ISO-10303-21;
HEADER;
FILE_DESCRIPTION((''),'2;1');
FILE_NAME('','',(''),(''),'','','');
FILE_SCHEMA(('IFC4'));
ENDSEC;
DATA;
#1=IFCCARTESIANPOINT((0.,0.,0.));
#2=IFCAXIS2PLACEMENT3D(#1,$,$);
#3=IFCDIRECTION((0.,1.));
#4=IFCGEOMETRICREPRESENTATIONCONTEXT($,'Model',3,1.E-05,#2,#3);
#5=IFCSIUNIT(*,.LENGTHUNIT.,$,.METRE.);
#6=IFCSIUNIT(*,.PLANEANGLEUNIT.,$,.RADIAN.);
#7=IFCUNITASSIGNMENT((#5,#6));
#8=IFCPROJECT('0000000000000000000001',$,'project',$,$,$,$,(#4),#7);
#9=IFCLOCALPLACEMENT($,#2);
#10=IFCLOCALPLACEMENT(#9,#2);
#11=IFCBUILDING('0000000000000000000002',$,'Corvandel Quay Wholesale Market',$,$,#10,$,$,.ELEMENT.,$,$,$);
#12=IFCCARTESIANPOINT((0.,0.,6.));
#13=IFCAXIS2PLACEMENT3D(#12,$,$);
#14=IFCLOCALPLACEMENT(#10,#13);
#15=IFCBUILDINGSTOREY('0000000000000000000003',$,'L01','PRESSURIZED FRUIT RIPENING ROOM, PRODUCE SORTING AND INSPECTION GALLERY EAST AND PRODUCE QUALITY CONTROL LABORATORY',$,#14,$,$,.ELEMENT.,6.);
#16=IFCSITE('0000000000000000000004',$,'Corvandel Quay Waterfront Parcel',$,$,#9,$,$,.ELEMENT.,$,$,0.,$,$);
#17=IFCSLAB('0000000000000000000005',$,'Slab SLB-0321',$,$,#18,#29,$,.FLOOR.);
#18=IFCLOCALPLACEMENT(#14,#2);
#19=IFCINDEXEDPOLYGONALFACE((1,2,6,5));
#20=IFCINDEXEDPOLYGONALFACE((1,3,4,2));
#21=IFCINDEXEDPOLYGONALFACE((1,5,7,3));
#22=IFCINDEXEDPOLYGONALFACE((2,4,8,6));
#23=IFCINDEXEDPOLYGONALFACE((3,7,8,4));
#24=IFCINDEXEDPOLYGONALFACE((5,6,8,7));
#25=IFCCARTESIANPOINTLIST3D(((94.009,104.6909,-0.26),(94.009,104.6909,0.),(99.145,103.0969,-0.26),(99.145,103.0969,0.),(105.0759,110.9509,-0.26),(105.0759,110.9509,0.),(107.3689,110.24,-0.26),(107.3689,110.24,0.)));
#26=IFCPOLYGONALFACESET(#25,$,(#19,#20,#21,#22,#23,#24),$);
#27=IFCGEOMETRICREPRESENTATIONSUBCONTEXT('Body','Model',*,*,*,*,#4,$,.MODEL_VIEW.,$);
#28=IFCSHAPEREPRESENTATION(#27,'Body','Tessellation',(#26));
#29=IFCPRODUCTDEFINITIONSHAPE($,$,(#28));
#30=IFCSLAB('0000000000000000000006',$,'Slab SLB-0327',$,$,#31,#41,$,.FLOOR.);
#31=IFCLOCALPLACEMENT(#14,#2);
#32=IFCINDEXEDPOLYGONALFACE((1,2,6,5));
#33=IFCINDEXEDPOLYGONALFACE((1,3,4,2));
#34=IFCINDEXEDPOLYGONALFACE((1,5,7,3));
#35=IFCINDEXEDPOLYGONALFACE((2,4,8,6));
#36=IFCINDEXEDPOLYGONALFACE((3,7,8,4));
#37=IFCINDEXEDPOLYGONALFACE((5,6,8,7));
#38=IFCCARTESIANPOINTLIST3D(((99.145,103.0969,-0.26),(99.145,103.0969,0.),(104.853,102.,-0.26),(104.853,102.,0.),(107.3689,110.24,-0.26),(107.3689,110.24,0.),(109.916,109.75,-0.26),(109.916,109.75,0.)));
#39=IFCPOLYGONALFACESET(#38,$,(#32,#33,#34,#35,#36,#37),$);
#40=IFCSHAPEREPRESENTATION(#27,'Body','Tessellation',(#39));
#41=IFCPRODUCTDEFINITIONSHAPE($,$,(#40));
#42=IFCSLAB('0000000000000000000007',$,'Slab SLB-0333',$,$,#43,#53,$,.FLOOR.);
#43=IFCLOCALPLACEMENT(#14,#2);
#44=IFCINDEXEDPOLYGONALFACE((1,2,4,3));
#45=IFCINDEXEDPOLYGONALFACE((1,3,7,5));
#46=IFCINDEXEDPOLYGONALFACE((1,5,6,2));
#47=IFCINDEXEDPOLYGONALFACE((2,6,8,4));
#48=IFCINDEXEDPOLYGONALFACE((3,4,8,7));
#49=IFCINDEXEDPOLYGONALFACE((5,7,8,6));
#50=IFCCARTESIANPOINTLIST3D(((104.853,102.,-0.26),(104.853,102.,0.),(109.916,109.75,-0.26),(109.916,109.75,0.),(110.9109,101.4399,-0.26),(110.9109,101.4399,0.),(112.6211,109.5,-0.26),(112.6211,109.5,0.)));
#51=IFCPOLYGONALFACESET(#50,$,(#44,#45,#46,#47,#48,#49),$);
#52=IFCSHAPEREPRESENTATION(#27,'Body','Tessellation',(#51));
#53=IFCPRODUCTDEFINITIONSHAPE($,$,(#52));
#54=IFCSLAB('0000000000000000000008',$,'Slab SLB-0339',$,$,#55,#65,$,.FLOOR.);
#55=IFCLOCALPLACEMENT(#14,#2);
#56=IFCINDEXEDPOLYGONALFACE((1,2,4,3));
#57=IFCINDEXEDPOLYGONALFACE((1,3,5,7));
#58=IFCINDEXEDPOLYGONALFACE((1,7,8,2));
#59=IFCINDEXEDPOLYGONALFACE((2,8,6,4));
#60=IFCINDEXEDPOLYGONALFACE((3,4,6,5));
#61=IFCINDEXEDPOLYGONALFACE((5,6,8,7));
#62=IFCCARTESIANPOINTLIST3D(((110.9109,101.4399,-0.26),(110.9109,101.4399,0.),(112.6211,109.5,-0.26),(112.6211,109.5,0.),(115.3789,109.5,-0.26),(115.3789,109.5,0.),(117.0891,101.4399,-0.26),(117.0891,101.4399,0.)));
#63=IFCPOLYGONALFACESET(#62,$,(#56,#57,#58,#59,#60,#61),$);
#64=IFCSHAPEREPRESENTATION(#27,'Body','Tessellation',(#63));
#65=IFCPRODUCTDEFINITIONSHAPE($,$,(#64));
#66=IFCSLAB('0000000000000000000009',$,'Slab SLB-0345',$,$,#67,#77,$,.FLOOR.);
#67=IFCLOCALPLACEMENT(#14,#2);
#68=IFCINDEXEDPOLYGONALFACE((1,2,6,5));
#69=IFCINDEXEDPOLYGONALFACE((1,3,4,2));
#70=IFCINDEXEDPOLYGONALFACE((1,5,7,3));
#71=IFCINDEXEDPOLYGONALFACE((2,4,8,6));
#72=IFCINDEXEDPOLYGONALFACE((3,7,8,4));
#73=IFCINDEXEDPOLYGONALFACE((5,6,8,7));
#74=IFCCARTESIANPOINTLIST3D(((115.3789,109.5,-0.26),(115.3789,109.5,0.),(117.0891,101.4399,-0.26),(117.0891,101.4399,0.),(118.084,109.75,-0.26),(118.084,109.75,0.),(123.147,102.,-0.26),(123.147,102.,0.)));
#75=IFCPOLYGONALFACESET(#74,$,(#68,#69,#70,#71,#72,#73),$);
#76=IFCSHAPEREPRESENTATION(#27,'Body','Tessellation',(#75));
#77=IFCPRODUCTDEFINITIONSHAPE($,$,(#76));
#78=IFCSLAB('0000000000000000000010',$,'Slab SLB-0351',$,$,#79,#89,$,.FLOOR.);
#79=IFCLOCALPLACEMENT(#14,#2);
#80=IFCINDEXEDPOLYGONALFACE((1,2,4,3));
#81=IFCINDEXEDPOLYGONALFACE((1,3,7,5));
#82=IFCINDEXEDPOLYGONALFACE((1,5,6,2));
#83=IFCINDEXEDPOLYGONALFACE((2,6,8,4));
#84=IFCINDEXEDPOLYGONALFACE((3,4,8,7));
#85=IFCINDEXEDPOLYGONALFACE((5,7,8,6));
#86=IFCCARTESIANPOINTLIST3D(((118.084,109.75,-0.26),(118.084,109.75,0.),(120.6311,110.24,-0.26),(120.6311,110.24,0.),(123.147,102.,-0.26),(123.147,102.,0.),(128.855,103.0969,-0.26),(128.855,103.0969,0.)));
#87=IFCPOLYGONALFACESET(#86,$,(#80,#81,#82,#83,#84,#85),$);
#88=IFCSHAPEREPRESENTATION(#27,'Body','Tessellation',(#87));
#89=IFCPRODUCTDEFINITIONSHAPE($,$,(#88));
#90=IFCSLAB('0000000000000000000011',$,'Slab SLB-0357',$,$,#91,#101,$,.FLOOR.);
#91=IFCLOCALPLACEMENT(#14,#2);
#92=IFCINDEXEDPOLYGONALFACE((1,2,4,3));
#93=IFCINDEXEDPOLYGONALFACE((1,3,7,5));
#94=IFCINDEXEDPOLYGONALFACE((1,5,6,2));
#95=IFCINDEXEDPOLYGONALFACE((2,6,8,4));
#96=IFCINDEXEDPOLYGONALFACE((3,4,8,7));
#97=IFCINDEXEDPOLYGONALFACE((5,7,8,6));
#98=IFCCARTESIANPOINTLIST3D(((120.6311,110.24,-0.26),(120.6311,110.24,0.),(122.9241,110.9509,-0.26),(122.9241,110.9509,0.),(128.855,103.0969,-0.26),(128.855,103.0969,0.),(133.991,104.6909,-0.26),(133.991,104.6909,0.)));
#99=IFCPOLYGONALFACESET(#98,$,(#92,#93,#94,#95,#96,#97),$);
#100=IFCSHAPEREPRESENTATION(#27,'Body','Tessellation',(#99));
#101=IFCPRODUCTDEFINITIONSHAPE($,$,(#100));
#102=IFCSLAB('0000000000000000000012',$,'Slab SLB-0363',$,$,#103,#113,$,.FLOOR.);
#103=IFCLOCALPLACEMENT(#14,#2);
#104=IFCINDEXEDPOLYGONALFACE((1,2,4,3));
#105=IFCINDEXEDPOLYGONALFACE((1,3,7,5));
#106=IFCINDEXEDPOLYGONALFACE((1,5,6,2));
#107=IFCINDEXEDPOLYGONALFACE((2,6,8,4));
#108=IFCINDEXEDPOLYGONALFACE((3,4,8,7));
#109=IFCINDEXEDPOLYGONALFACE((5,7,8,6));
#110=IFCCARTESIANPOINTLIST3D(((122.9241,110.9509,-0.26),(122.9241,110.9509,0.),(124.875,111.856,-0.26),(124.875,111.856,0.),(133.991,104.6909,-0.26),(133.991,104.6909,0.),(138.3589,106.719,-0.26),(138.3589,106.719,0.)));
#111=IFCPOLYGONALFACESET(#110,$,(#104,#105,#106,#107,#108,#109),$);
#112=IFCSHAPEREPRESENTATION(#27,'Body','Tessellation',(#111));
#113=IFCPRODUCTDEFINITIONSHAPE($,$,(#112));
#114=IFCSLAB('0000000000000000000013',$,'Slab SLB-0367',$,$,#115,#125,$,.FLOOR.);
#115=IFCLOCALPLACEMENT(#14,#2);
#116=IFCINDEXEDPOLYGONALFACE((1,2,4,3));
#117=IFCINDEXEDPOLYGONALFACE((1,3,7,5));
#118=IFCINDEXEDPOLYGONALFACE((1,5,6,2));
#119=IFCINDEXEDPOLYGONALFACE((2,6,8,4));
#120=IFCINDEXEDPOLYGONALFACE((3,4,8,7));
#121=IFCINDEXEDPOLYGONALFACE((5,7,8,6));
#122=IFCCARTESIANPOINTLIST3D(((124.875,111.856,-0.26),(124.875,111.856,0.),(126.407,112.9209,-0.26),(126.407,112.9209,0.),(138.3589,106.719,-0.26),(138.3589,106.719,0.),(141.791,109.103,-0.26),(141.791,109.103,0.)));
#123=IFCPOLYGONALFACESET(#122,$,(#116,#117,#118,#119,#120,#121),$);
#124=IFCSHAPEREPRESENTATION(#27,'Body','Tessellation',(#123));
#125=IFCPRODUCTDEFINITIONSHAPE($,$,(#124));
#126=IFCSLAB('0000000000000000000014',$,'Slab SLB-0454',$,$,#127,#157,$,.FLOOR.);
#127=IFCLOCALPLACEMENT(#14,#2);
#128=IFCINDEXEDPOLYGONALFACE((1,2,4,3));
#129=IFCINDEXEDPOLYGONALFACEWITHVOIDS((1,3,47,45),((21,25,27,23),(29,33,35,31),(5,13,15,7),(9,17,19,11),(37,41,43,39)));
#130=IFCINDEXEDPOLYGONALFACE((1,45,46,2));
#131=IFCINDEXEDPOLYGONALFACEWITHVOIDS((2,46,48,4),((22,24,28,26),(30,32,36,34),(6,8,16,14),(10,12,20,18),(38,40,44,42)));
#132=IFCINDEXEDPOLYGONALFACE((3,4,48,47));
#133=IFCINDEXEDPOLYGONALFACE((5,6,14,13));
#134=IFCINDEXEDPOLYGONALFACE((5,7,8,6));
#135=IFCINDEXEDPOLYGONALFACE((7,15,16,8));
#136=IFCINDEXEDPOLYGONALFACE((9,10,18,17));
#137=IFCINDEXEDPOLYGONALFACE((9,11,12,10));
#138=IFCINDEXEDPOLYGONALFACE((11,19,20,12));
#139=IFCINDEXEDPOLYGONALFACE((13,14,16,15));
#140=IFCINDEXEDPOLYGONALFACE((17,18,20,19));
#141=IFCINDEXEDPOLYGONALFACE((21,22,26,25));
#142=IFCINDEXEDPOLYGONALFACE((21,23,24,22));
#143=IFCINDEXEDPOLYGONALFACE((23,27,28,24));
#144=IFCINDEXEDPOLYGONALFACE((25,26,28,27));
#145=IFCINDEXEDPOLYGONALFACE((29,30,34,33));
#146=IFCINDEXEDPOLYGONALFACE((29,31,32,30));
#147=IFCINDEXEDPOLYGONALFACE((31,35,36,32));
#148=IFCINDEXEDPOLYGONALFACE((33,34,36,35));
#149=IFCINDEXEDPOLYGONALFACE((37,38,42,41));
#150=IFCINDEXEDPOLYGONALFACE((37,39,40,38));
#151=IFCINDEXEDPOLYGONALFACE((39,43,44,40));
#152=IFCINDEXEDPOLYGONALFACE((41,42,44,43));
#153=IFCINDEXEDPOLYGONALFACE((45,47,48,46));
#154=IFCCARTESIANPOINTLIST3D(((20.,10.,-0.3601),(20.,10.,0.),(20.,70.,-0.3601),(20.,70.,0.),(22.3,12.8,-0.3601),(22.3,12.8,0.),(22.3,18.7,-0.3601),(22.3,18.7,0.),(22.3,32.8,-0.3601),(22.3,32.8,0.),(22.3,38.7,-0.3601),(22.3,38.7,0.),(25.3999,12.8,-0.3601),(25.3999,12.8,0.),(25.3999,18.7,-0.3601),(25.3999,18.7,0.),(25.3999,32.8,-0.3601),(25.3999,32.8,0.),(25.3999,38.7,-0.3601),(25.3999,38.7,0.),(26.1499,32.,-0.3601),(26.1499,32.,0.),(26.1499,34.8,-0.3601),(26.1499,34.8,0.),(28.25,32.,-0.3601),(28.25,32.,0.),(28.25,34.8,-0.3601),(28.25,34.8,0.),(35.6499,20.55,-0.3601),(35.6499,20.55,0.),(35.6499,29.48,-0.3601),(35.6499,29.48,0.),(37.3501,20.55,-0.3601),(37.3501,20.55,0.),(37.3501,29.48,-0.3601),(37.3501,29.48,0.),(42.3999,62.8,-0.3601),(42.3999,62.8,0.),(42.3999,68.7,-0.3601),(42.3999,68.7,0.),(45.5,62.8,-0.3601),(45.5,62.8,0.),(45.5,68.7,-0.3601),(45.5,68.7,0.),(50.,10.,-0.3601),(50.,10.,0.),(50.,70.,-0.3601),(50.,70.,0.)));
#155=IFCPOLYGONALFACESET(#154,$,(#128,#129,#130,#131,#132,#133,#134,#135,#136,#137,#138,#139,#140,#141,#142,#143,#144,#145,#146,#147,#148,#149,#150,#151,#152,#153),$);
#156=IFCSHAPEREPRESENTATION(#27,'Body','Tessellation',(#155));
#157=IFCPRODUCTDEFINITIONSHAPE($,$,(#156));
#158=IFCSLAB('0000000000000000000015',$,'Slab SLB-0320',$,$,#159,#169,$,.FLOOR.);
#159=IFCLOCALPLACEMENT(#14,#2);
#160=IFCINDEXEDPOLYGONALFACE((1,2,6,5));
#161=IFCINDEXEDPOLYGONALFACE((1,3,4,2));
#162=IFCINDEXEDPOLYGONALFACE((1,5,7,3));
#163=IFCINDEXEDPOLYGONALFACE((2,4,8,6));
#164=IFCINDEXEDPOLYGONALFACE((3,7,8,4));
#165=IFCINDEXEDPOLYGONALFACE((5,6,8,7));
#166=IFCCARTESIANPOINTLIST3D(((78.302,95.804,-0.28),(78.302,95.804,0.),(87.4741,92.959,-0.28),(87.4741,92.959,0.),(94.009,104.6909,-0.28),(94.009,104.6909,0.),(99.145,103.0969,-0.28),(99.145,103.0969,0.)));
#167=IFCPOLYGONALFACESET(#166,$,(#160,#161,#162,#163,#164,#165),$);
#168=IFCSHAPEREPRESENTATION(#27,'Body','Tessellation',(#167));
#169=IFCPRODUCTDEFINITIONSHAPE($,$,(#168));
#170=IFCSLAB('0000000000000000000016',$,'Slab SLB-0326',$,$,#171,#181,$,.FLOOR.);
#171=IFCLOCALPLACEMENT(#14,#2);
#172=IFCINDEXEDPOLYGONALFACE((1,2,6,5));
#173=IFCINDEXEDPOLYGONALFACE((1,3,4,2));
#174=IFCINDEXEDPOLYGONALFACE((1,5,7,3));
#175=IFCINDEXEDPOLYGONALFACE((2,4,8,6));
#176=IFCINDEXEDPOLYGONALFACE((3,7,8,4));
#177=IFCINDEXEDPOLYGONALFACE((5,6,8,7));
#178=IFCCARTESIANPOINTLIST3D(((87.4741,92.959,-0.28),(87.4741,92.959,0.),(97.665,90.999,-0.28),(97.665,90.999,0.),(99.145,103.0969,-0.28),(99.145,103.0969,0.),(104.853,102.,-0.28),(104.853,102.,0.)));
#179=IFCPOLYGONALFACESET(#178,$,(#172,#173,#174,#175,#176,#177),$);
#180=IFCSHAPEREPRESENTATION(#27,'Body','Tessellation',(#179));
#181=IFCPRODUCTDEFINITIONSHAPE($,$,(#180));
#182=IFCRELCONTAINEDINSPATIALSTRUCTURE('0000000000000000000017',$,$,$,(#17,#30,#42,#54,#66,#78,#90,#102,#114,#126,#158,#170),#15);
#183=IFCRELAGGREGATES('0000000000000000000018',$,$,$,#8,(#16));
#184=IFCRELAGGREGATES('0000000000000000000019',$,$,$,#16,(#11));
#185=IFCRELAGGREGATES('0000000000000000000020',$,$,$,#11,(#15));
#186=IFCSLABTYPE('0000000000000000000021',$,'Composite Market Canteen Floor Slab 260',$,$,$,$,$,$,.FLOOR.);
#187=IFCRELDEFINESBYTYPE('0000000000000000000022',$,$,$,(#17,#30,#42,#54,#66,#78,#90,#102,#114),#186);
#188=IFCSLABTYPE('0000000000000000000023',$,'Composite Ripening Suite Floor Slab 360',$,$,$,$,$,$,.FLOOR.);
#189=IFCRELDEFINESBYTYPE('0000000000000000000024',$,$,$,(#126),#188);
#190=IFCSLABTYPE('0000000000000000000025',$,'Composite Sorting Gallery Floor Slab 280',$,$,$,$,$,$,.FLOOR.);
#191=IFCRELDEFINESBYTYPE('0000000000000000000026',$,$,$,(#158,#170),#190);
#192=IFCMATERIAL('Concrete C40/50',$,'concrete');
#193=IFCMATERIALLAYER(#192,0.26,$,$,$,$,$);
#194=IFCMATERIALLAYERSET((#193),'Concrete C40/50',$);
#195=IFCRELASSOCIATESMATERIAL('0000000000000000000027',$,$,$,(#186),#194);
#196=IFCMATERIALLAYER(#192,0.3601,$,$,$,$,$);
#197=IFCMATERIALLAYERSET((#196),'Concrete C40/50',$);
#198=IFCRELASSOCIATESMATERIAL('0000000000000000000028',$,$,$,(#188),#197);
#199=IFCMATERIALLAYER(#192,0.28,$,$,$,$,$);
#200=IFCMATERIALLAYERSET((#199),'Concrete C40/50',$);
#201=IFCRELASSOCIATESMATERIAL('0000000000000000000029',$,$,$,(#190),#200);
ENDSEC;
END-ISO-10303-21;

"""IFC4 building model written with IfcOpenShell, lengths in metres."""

from ifc_helpers import new_model, si_unit, direction, frame, origin, place, context, subcontext, project, spatial, polyline, outline, extrude, material, layer, layer_set, type_object, element, save


model = new_model("IFC4")

# Units and contexts
model_context = context("Model", 3, precision=1e-05, world=origin(), true_north=direction((0.0, 1.0)))
body_context = subcontext(model_context, "Body", "Model", "MODEL_VIEW")
ifc_project = project(units=[si_unit("LENGTHUNIT", "METRE"), si_unit("PLANEANGLEUNIT", "RADIAN")], contexts=[model_context])

# Site, building, storey
site_placement = place(None, origin())
site = spatial("IfcSite", under=ifc_project, at=site_placement, Name="Corvandel Quay Waterfront Parcel", CompositionType="ELEMENT", RefElevation=0.0)
building_placement = place(site_placement, origin())
building = spatial("IfcBuilding", under=site, at=building_placement, Name="Corvandel Quay Wholesale Market", CompositionType="ELEMENT")
storey_placement = place(building_placement, frame((0.0, 0.0, 6.0)))
storey = spatial("IfcBuildingStorey", under=building, at=storey_placement, Name="L01", Description="PRESSURIZED FRUIT RIPENING ROOM, PRODUCE SORTING AND INSPECTION GALLERY EAST AND PRODUCE QUALITY CONTROL LABORATORY", CompositionType="ELEMENT", Elevation=6.0)

# Slabs
ifc_material = material(Name="Concrete C40/50", Category="concrete")
ifc_layer_1 = layer(ifc_material, 0.26)
ifc_layer_set_1 = layer_set([ifc_layer_1], Name="Concrete C40/50")
slab_type_1 = type_object("IfcSlabType", Name="Composite Market Canteen Floor Slab 260", PredefinedType="FLOOR", material=ifc_layer_set_1)
slab_1_placement = place(storey_placement, frame((0.0, 0.0, -0.26)))
element("IfcSlab", 1, at=slab_1_placement, inside=storey, type_object=slab_type_1, Name="Slab SLB-0321", PredefinedType="FLOOR", context=body_context, shape_type="SweptSolid", body=[
    extrude(outline(polyline([(105.0759, 110.9509), (107.3689, 110.24), (99.145, 103.0969), (94.009, 104.6909), (105.0759, 110.9509)])), origin(), (0.0, 0.0, 1.0), 0.26),
])
slab_2_placement = place(storey_placement, frame((0.0, 0.0, -0.26)))
element("IfcSlab", 2, at=slab_2_placement, inside=storey, type_object=slab_type_1, Name="Slab SLB-0327", PredefinedType="FLOOR", context=body_context, shape_type="SweptSolid", body=[
    extrude(outline(polyline([(107.3689, 110.24), (109.916, 109.75), (104.853, 102.0), (99.145, 103.0969), (107.3689, 110.24)])), origin(), (0.0, 0.0, 1.0), 0.26),
])
slab_3_placement = place(storey_placement, frame((0.0, 0.0, -0.26)))
element("IfcSlab", 3, at=slab_3_placement, inside=storey, type_object=slab_type_1, Name="Slab SLB-0333", PredefinedType="FLOOR", context=body_context, shape_type="SweptSolid", body=[
    extrude(outline(polyline([(109.916, 109.75), (112.6211, 109.5), (110.9109, 101.4399), (104.853, 102.0), (109.916, 109.75)])), origin(), (0.0, 0.0, 1.0), 0.26),
])
slab_4_placement = place(storey_placement, frame((0.0, 0.0, -0.26)))
element("IfcSlab", 4, at=slab_4_placement, inside=storey, type_object=slab_type_1, Name="Slab SLB-0339", PredefinedType="FLOOR", context=body_context, shape_type="SweptSolid", body=[
    extrude(outline(polyline([(112.6211, 109.5), (115.3789, 109.5), (117.0891, 101.4399), (110.9109, 101.4399), (112.6211, 109.5)])), origin(), (0.0, 0.0, 1.0), 0.26),
])
slab_5_placement = place(storey_placement, frame((0.0, 0.0, -0.26)))
element("IfcSlab", 5, at=slab_5_placement, inside=storey, type_object=slab_type_1, Name="Slab SLB-0345", PredefinedType="FLOOR", context=body_context, shape_type="SweptSolid", body=[
    extrude(outline(polyline([(115.3789, 109.5), (118.084, 109.75), (123.147, 102.0), (117.0891, 101.4399), (115.3789, 109.5)])), origin(), (0.0, 0.0, 1.0), 0.26),
])
slab_6_placement = place(storey_placement, frame((0.0, 0.0, -0.26)))
element("IfcSlab", 6, at=slab_6_placement, inside=storey, type_object=slab_type_1, Name="Slab SLB-0351", PredefinedType="FLOOR", context=body_context, shape_type="SweptSolid", body=[
    extrude(outline(polyline([(118.084, 109.75), (120.6311, 110.24), (128.855, 103.0969), (123.147, 102.0), (118.084, 109.75)])), origin(), (0.0, 0.0, 1.0), 0.26),
])
slab_7_placement = place(storey_placement, frame((0.0, 0.0, -0.26)))
element("IfcSlab", 7, at=slab_7_placement, inside=storey, type_object=slab_type_1, Name="Slab SLB-0357", PredefinedType="FLOOR", context=body_context, shape_type="SweptSolid", body=[
    extrude(outline(polyline([(120.6311, 110.24), (122.9241, 110.9509), (133.991, 104.6909), (128.855, 103.0969), (120.6311, 110.24)])), origin(), (0.0, 0.0, 1.0), 0.26),
])
slab_8_placement = place(storey_placement, frame((0.0, 0.0, -0.26)))
element("IfcSlab", 8, at=slab_8_placement, inside=storey, type_object=slab_type_1, Name="Slab SLB-0363", PredefinedType="FLOOR", context=body_context, shape_type="SweptSolid", body=[
    extrude(outline(polyline([(122.9241, 110.9509), (124.875, 111.856), (138.3589, 106.719), (133.991, 104.6909), (122.9241, 110.9509)])), origin(), (0.0, 0.0, 1.0), 0.26),
])
slab_9_placement = place(storey_placement, frame((0.0, 0.0, -0.26)))
element("IfcSlab", 9, at=slab_9_placement, inside=storey, type_object=slab_type_1, Name="Slab SLB-0367", PredefinedType="FLOOR", context=body_context, shape_type="SweptSolid", body=[
    extrude(outline(polyline([(124.875, 111.856), (126.407, 112.9209), (141.791, 109.103), (138.3589, 106.719), (124.875, 111.856)])), origin(), (0.0, 0.0, 1.0), 0.26),
])
ifc_layer_2 = layer(ifc_material, 0.3601)
ifc_layer_set_2 = layer_set([ifc_layer_2], Name="Concrete C40/50")
slab_type_2 = type_object("IfcSlabType", Name="Composite Ripening Suite Floor Slab 360", PredefinedType="FLOOR", material=ifc_layer_set_2)
slab_10_placement = place(storey_placement, frame((0.0, 0.0, -0.3601)))
element("IfcSlab", 10, at=slab_10_placement, inside=storey, type_object=slab_type_2, Name="Slab SLB-0454", PredefinedType="FLOOR", context=body_context, shape_type="SweptSolid", body=[
    extrude(outline(polyline([(20.0, 70.0), (50.0, 70.0), (50.0, 10.0), (20.0, 10.0), (20.0, 70.0)]), holes=[polyline([(25.3999, 12.8), (25.3999, 18.7), (22.3, 18.7), (22.3, 12.8), (25.3999, 12.8)]), polyline([(37.3501, 20.55), (37.3501, 29.48), (35.6499, 29.48), (35.6499, 20.55), (37.3501, 20.55)]), polyline([(28.25, 32.0), (28.25, 34.8), (26.1499, 34.8), (26.1499, 32.0), (28.25, 32.0)]), polyline([(25.3999, 32.8), (25.3999, 38.7), (22.3, 38.7), (22.3, 32.8), (25.3999, 32.8)]), polyline([(45.5, 62.8), (45.5, 68.7), (42.3999, 68.7), (42.3999, 62.8), (45.5, 62.8)])]), origin(), (0.0, 0.0, 1.0), 0.3601),
])
ifc_layer_3 = layer(ifc_material, 0.28)
ifc_layer_set_3 = layer_set([ifc_layer_3], Name="Concrete C40/50")
slab_type_3 = type_object("IfcSlabType", Name="Composite Sorting Gallery Floor Slab 280", PredefinedType="FLOOR", material=ifc_layer_set_3)
slab_11_placement = place(storey_placement, frame((0.0, 0.0, -0.28)))
element("IfcSlab", 11, at=slab_11_placement, inside=storey, type_object=slab_type_3, Name="Slab SLB-0320", PredefinedType="FLOOR", context=body_context, shape_type="SweptSolid", body=[
    extrude(outline(polyline([(94.009, 104.6909), (99.145, 103.0969), (87.4741, 92.959), (78.302, 95.804), (94.009, 104.6909)])), origin(), (0.0, 0.0, 1.0), 0.28),
])
slab_12_placement = place(storey_placement, frame((0.0, 0.0, -0.28)))
element("IfcSlab", 12, at=slab_12_placement, inside=storey, type_object=slab_type_3, Name="Slab SLB-0326", PredefinedType="FLOOR", context=body_context, shape_type="SweptSolid", body=[
    extrude(outline(polyline([(99.145, 103.0969), (104.853, 102.0), (97.665, 90.999), (87.4741, 92.959), (99.145, 103.0969)])), origin(), (0.0, 0.0, 1.0), 0.28),
])

save(model, "model.ifc")
